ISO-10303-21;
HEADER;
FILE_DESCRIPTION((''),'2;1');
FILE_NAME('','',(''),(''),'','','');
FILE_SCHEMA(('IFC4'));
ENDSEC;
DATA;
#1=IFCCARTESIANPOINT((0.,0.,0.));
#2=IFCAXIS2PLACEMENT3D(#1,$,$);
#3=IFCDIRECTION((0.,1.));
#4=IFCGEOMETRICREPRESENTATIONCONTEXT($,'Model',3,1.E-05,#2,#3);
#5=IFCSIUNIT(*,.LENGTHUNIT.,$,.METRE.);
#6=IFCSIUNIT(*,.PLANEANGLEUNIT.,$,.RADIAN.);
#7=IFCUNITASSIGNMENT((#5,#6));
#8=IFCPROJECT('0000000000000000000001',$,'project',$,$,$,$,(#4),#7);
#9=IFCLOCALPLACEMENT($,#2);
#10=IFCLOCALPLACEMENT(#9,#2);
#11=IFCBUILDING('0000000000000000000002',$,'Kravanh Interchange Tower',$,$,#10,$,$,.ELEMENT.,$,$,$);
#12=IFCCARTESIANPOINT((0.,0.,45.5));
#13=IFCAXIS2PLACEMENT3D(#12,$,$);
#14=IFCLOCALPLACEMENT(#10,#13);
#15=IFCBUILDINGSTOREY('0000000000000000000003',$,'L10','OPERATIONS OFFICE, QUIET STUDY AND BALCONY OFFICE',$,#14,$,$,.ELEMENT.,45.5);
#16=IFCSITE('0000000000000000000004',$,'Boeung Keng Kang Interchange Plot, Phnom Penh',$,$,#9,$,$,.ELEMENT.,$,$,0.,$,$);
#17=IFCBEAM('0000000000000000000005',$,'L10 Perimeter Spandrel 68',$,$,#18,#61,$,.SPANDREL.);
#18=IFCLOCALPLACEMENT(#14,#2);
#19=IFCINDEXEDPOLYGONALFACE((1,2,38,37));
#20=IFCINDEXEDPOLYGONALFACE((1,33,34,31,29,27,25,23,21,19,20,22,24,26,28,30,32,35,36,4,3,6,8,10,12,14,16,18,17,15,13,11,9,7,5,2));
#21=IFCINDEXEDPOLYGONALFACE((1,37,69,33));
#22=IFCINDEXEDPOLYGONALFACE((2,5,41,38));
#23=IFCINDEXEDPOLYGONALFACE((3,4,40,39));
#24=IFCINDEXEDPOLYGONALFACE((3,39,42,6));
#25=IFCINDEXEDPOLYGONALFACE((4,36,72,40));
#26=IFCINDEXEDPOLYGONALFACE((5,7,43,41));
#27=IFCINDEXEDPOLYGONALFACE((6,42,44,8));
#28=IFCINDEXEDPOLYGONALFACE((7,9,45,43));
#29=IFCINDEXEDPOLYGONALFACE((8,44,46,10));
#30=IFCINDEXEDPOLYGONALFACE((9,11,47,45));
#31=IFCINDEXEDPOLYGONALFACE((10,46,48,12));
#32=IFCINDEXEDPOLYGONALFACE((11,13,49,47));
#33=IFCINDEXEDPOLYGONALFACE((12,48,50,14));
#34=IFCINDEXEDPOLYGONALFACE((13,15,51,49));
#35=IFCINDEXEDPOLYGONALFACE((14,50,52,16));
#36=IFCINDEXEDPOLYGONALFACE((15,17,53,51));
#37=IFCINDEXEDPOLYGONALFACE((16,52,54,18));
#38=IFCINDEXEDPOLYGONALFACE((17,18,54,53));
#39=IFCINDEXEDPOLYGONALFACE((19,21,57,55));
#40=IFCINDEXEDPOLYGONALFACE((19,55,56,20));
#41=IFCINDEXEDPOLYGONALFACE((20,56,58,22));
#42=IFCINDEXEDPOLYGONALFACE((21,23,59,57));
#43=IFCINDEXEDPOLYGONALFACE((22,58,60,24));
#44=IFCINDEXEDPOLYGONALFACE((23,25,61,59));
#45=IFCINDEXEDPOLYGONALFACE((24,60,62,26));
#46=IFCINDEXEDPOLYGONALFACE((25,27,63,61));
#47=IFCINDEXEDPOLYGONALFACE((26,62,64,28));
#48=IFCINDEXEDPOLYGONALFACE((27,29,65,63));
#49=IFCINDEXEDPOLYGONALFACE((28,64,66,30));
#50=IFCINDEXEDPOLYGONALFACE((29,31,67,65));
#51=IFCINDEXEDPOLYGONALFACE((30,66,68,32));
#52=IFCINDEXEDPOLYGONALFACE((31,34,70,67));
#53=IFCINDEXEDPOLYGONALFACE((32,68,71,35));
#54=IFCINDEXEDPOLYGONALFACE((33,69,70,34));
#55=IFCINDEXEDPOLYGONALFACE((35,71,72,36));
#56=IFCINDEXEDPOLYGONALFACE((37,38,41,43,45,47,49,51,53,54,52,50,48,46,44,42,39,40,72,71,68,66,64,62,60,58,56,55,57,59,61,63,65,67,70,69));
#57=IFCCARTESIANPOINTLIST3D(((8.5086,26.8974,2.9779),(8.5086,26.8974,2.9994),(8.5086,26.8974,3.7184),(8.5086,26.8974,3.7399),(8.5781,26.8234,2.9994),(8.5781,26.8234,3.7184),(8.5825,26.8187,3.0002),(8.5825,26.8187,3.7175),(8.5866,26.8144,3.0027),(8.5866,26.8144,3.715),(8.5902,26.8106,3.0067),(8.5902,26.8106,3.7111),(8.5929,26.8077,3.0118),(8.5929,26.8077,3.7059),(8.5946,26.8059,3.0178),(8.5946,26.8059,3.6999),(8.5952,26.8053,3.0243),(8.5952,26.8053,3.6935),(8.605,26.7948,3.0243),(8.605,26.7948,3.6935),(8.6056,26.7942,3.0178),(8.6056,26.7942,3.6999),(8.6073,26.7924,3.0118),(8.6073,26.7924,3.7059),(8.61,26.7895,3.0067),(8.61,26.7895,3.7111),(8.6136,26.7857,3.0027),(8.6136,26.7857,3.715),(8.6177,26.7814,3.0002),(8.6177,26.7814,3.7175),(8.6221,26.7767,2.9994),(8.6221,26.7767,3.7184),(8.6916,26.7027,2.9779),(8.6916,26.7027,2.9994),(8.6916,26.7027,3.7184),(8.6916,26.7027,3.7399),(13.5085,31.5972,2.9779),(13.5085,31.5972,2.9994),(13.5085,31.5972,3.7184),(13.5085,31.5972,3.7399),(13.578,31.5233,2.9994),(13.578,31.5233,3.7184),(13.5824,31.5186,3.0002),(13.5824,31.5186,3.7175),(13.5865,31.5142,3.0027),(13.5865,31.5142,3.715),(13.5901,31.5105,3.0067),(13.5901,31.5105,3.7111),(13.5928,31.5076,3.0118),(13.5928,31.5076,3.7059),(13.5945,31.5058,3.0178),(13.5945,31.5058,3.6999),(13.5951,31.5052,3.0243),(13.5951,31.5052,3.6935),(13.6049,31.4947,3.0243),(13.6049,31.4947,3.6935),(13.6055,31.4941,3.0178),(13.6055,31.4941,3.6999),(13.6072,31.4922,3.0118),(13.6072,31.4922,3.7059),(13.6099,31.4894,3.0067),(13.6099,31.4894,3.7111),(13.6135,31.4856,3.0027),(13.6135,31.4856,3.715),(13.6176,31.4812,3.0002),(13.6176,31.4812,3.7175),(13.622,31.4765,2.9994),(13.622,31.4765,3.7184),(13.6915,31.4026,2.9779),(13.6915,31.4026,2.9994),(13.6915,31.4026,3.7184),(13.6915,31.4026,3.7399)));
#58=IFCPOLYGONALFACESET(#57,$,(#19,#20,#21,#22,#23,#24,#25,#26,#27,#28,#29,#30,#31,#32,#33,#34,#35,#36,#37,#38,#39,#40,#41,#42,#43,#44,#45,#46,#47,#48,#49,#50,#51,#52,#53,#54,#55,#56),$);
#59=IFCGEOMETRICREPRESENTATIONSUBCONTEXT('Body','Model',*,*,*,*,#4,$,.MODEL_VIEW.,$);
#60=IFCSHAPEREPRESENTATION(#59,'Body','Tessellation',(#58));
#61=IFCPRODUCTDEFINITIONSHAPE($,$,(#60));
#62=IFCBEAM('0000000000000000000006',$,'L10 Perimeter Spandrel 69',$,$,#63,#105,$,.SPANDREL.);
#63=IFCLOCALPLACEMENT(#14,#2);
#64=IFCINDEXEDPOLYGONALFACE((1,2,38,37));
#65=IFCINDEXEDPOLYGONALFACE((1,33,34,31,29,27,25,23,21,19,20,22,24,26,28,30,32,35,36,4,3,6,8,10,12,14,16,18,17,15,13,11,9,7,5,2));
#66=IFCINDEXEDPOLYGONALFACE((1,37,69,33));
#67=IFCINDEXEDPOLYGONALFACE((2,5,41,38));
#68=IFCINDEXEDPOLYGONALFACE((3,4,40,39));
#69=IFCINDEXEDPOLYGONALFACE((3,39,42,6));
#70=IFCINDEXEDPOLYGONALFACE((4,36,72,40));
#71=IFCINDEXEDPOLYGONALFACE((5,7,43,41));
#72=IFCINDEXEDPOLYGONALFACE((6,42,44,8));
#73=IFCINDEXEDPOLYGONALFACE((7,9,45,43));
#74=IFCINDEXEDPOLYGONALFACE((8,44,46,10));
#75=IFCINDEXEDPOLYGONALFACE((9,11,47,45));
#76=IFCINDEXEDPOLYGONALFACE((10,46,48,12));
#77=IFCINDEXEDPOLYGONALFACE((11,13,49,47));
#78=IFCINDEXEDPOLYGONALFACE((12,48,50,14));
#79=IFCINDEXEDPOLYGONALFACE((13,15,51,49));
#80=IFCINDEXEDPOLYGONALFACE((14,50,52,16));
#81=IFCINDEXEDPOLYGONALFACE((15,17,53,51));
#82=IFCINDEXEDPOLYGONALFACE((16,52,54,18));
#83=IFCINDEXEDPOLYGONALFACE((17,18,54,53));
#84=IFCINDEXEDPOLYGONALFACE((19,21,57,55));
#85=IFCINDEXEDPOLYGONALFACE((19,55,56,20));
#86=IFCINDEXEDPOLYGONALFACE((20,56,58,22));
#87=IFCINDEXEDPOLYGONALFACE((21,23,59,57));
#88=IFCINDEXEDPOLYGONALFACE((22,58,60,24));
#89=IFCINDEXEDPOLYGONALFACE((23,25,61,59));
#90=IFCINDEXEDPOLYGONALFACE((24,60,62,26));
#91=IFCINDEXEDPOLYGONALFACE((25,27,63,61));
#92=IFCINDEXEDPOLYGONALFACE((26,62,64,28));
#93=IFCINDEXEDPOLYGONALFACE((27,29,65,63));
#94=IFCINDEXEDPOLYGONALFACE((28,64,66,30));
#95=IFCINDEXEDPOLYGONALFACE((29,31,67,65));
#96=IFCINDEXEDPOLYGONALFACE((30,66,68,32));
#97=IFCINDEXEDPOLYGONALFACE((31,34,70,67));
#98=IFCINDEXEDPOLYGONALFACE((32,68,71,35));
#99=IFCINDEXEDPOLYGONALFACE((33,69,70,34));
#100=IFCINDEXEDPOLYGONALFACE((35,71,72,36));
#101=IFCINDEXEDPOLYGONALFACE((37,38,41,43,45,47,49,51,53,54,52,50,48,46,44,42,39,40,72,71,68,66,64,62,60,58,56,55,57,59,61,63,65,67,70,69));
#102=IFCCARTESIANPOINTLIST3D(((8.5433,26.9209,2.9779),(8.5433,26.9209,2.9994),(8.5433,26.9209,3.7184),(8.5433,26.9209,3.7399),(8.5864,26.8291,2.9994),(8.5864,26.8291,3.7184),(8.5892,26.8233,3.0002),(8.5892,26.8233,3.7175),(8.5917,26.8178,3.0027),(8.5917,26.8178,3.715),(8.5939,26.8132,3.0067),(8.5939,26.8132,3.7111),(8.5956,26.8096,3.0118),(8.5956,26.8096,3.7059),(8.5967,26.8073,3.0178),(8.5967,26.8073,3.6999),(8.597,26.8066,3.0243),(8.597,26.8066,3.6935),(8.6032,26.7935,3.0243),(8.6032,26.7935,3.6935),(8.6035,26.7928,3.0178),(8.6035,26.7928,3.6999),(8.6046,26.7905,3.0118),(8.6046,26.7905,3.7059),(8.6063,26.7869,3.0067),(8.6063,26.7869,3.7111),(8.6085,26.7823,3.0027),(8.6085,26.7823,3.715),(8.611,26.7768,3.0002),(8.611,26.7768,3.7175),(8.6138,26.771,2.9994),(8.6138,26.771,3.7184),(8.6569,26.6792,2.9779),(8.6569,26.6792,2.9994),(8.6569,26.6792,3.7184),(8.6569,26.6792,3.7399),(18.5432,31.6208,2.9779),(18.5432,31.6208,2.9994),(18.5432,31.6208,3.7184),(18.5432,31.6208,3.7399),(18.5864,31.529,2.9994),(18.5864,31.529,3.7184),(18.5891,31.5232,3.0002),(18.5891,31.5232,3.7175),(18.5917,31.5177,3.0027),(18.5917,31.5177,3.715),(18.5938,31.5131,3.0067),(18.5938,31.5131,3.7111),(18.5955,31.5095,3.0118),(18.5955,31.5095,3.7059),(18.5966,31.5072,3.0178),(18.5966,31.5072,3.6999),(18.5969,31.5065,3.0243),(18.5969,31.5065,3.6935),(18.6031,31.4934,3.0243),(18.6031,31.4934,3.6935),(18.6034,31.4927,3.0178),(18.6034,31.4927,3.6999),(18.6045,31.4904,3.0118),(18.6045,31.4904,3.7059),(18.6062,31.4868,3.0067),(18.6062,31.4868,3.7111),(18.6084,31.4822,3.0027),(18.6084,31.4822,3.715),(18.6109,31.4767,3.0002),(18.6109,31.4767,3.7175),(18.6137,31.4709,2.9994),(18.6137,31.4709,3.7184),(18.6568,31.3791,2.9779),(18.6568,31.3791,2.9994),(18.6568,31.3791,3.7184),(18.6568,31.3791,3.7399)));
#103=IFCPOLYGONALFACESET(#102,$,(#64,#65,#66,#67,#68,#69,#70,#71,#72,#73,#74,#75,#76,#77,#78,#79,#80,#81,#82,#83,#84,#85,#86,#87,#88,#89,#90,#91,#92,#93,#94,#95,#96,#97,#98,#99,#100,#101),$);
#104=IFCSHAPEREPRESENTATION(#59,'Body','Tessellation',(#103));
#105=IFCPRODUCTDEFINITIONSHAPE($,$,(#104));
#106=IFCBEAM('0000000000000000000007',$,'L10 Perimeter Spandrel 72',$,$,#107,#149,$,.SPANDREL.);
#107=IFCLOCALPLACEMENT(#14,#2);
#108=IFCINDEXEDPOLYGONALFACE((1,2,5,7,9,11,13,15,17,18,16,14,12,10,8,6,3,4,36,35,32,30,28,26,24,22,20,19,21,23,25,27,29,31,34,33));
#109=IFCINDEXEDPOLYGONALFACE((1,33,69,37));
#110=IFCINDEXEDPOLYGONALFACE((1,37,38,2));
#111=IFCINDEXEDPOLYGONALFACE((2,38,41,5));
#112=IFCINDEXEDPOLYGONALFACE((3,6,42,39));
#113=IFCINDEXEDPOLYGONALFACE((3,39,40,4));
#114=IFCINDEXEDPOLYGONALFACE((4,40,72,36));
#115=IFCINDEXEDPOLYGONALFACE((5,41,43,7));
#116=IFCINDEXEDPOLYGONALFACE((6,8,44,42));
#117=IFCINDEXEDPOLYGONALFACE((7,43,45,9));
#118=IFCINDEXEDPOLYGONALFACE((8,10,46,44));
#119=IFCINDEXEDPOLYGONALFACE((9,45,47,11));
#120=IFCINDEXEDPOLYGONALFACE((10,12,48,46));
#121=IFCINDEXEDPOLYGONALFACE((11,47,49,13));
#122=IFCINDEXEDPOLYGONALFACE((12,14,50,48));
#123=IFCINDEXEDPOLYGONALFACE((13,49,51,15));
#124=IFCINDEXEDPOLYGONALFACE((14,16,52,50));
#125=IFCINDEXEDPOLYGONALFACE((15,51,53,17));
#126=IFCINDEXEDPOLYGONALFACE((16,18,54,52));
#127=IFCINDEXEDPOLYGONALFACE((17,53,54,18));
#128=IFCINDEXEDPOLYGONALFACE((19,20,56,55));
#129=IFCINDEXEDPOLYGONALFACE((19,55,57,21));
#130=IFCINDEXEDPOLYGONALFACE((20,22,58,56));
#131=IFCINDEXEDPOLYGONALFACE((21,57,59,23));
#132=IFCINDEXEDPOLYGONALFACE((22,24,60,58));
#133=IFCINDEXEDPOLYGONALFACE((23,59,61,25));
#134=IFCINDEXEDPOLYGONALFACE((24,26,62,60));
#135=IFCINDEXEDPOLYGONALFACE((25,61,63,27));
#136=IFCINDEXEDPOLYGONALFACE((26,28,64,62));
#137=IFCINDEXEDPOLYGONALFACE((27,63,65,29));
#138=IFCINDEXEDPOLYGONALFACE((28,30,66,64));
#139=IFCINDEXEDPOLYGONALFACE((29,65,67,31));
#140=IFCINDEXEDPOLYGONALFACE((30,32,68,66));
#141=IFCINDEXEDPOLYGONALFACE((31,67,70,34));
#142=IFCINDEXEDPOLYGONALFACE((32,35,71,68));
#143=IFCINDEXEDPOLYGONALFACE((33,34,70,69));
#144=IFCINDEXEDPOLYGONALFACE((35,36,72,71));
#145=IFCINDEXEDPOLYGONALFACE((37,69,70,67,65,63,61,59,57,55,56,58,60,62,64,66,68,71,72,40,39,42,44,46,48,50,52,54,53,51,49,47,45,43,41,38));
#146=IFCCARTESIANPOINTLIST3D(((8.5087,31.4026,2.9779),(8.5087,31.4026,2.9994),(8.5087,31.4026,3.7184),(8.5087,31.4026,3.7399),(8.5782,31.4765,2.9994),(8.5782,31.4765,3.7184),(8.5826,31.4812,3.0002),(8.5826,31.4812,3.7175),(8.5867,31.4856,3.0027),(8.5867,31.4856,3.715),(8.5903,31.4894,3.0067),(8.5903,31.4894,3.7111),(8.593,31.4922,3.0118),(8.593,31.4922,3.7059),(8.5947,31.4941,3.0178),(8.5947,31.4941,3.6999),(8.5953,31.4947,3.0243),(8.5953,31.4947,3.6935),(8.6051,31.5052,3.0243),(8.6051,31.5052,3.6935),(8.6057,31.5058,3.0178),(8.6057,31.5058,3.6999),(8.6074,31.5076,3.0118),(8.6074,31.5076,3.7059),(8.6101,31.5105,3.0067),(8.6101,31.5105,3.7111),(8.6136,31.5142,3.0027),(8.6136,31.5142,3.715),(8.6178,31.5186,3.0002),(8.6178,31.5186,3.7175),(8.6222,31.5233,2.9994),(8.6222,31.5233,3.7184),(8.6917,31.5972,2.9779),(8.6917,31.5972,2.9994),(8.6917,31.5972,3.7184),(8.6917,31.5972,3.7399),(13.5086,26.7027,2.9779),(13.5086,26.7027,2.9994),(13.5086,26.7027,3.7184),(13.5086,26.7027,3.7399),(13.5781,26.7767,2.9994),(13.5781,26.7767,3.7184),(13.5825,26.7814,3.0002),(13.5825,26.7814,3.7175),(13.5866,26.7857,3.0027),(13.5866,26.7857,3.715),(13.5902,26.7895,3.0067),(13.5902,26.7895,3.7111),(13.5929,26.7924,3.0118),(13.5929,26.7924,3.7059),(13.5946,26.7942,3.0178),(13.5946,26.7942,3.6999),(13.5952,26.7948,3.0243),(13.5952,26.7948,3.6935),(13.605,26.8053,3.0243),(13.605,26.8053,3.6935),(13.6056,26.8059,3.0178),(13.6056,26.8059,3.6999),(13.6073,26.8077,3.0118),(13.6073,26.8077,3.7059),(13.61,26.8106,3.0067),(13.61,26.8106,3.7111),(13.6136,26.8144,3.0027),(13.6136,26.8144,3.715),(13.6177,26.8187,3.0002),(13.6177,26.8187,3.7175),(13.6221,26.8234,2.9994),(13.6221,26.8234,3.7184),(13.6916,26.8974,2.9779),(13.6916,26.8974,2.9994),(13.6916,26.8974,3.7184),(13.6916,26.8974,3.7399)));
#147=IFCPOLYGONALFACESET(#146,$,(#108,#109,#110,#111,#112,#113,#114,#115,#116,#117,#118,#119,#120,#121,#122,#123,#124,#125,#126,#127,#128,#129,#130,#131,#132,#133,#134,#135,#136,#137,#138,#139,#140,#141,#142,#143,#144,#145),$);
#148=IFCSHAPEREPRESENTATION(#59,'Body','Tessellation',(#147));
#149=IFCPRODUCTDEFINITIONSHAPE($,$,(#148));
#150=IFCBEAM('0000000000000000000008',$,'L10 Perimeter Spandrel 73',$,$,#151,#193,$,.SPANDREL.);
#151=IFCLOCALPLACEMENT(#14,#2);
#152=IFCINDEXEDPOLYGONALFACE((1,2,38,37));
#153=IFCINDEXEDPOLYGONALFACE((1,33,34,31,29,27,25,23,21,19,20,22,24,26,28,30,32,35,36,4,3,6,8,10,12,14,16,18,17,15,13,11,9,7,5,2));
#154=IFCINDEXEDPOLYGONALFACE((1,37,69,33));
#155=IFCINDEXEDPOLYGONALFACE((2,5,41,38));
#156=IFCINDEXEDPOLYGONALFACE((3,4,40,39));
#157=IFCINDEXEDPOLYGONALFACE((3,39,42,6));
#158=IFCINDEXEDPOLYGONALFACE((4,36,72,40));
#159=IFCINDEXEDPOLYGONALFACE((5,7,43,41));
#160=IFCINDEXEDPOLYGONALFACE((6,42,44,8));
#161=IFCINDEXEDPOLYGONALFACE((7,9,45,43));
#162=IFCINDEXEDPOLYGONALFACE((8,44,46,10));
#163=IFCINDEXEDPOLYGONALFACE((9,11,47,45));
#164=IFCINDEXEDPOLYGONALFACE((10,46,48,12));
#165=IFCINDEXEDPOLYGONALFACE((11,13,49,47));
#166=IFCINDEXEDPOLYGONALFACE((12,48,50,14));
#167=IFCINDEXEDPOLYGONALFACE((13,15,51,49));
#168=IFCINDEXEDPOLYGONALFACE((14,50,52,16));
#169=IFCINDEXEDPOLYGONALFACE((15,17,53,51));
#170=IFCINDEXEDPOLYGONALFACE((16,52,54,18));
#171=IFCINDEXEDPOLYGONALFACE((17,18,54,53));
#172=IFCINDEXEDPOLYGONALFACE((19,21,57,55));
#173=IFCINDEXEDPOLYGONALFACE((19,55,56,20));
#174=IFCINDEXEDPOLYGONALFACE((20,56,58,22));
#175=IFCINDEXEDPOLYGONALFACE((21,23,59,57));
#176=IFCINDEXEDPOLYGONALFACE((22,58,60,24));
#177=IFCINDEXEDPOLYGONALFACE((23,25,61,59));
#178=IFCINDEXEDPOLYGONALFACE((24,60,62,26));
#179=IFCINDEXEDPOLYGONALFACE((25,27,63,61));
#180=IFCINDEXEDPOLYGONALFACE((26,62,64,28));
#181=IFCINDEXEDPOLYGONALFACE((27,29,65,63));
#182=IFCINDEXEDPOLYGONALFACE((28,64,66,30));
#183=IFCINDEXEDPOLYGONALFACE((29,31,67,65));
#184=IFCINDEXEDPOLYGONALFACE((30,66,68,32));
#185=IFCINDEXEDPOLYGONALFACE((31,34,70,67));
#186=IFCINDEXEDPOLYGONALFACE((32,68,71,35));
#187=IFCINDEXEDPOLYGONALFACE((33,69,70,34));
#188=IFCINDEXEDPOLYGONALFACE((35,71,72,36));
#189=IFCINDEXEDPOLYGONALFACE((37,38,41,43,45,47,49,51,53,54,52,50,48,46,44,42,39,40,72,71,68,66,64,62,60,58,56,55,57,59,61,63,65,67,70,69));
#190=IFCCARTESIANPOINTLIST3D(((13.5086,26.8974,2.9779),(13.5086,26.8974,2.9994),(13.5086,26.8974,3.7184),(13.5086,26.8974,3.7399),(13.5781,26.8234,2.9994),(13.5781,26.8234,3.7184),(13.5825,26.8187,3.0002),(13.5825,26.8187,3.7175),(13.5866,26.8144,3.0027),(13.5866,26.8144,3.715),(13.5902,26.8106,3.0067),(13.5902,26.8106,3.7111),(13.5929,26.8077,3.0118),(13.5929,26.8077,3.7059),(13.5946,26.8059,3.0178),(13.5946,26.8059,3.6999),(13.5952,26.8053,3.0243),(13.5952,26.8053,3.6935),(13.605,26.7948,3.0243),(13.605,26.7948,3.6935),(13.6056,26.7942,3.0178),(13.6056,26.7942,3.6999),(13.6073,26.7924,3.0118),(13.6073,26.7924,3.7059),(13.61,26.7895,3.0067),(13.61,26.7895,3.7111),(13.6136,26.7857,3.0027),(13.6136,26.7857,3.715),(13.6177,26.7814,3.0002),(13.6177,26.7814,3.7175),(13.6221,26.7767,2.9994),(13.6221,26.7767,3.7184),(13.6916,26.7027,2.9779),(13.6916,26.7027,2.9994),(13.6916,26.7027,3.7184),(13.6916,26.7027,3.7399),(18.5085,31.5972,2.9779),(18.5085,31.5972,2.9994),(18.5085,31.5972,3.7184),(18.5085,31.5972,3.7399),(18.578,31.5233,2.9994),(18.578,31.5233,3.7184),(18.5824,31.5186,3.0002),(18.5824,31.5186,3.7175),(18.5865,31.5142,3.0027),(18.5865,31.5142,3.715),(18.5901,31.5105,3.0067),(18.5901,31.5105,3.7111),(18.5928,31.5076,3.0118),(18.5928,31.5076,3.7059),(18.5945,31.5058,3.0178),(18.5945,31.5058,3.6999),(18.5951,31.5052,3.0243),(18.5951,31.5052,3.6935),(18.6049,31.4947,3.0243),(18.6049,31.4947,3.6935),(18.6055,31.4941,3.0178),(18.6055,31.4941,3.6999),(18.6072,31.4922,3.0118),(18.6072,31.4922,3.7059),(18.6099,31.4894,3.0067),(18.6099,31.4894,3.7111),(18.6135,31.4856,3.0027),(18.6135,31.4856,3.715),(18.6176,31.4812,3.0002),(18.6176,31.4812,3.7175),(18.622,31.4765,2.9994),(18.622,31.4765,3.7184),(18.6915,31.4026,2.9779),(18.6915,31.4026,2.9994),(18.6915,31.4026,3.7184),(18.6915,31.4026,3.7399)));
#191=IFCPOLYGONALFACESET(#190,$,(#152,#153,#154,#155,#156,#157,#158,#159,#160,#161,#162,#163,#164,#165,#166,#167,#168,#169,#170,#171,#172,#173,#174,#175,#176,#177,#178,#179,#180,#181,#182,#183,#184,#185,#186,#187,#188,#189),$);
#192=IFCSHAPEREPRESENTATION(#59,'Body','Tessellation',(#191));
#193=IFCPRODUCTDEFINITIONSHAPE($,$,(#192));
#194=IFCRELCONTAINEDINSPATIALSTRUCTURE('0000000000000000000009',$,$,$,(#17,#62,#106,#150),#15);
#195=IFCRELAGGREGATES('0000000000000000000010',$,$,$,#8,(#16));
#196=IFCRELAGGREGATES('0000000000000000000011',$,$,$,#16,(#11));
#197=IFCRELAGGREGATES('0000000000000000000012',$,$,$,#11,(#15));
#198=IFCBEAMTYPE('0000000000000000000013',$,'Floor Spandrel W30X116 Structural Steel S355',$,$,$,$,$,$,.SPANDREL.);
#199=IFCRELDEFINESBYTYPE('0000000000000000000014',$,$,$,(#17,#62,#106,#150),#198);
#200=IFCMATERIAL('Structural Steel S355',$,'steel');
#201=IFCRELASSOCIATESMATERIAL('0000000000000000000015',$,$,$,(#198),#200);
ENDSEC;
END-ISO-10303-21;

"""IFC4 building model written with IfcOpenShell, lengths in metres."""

from ifc_helpers import new_model, si_unit, direction, frame, origin, origin_2d, place, context, subcontext, project, spatial, i_section, extrude, material, material_profile, profile_set, type_object, element, save


model = new_model("IFC4")

# Units and contexts
model_context = context("Model", 3, precision=1e-05, world=origin(), true_north=direction((0.0, 1.0)))
body_context = subcontext(model_context, "Body", "Model", "MODEL_VIEW")
ifc_project = project(units=[si_unit("LENGTHUNIT", "METRE"), si_unit("PLANEANGLEUNIT", "RADIAN")], contexts=[model_context])

# Site, building, storey
site_placement = place(None, origin())
site = spatial("IfcSite", under=ifc_project, at=site_placement, Name="Boeung Keng Kang Interchange Plot, Phnom Penh", CompositionType="ELEMENT", RefElevation=0.0)
building_placement = place(site_placement, origin())
building = spatial("IfcBuilding", under=site, at=building_placement, Name="Kravanh Interchange Tower", CompositionType="ELEMENT")
storey_placement = place(building_placement, frame((0.0, 0.0, 45.5)))
storey = spatial("IfcBuildingStorey", under=building, at=storey_placement, Name="L10", Description="OPERATIONS OFFICE, QUIET STUDY AND BALCONY OFFICE", CompositionType="ELEMENT", Elevation=45.5)

# Beams
ifc_material_1 = material(Name="Structural Steel S355", Category="steel")
ifc_material_profile_1 = material_profile(ifc_material_1, i_section(OverallWidth=0.2671, OverallDepth=0.762, WebThickness=0.0144, FlangeThickness=0.0215, FilletRadius=0.0249, at=origin_2d()), Name="W30X116")
ifc_profile_set_1 = profile_set([ifc_material_profile_1], Name="Structural Steel S355")
beam_type_1 = type_object("IfcBeamType", Name="Floor Spandrel W30X116 Structural Steel S355", PredefinedType="SPANDREL", material=ifc_profile_set_1)
beam_1_placement = place(storey_placement, frame((8.6001, 26.8, 3.3589), z_axis=(0.728631, 0.684906, 0.0), x_axis=(-0.684906, 0.728631, 0.0)))
element("IfcBeam", 1, at=beam_1_placement, inside=storey, type_object=beam_type_1, Name="L10 Perimeter Spandrel 68", PredefinedType="SPANDREL", context=body_context, shape_type="SweptSolid", body=[
    extrude(i_section(OverallWidth=0.2671, OverallDepth=0.762, WebThickness=0.0144, FlangeThickness=0.0215, FilletRadius=0.0249, at=origin_2d()), origin(), (0.0, 0.0, 1.0), 6.8621),
])
beam_2_placement = place(storey_placement, frame((8.6001, 26.8, 3.3589), z_axis=(0.905025, 0.425358, 0.0), x_axis=(-0.425358, 0.905025, 0.0)))
element("IfcBeam", 2, at=beam_2_placement, inside=storey, type_object=beam_type_1, Name="L10 Perimeter Spandrel 69", PredefinedType="SPANDREL", context=body_context, shape_type="SweptSolid", body=[
    extrude(i_section(OverallWidth=0.2671, OverallDepth=0.762, WebThickness=0.0144, FlangeThickness=0.0215, FilletRadius=0.0249, at=origin_2d()), origin(), (0.0, 0.0, 1.0), 11.0493),
])
for number, where, z_axis, x_axis, name in (
    (3, (13.6001, 26.8, 3.3589), (-0.728631, 0.684906, 0.0), (-0.684906, -0.728631, 0.0), "L10 Perimeter Spandrel 72"),
    (4, (13.6001, 26.8, 3.3589), (0.728631, 0.684906, 0.0), (-0.684906, 0.728631, 0.0), "L10 Perimeter Spandrel 73"),
):
    element("IfcBeam", number, at=place(storey_placement, frame(where, z_axis=z_axis, x_axis=x_axis)), inside=storey, type_object=beam_type_1, Name=name, PredefinedType="SPANDREL", context=body_context, shape_type="SweptSolid", body=[
        extrude(i_section(OverallWidth=0.2671, OverallDepth=0.762, WebThickness=0.0144, FlangeThickness=0.0215, FilletRadius=0.0249, at=origin_2d()), origin(), (0.0, 0.0, 1.0), 6.8621),
    ])

save(model, "model.ifc")
